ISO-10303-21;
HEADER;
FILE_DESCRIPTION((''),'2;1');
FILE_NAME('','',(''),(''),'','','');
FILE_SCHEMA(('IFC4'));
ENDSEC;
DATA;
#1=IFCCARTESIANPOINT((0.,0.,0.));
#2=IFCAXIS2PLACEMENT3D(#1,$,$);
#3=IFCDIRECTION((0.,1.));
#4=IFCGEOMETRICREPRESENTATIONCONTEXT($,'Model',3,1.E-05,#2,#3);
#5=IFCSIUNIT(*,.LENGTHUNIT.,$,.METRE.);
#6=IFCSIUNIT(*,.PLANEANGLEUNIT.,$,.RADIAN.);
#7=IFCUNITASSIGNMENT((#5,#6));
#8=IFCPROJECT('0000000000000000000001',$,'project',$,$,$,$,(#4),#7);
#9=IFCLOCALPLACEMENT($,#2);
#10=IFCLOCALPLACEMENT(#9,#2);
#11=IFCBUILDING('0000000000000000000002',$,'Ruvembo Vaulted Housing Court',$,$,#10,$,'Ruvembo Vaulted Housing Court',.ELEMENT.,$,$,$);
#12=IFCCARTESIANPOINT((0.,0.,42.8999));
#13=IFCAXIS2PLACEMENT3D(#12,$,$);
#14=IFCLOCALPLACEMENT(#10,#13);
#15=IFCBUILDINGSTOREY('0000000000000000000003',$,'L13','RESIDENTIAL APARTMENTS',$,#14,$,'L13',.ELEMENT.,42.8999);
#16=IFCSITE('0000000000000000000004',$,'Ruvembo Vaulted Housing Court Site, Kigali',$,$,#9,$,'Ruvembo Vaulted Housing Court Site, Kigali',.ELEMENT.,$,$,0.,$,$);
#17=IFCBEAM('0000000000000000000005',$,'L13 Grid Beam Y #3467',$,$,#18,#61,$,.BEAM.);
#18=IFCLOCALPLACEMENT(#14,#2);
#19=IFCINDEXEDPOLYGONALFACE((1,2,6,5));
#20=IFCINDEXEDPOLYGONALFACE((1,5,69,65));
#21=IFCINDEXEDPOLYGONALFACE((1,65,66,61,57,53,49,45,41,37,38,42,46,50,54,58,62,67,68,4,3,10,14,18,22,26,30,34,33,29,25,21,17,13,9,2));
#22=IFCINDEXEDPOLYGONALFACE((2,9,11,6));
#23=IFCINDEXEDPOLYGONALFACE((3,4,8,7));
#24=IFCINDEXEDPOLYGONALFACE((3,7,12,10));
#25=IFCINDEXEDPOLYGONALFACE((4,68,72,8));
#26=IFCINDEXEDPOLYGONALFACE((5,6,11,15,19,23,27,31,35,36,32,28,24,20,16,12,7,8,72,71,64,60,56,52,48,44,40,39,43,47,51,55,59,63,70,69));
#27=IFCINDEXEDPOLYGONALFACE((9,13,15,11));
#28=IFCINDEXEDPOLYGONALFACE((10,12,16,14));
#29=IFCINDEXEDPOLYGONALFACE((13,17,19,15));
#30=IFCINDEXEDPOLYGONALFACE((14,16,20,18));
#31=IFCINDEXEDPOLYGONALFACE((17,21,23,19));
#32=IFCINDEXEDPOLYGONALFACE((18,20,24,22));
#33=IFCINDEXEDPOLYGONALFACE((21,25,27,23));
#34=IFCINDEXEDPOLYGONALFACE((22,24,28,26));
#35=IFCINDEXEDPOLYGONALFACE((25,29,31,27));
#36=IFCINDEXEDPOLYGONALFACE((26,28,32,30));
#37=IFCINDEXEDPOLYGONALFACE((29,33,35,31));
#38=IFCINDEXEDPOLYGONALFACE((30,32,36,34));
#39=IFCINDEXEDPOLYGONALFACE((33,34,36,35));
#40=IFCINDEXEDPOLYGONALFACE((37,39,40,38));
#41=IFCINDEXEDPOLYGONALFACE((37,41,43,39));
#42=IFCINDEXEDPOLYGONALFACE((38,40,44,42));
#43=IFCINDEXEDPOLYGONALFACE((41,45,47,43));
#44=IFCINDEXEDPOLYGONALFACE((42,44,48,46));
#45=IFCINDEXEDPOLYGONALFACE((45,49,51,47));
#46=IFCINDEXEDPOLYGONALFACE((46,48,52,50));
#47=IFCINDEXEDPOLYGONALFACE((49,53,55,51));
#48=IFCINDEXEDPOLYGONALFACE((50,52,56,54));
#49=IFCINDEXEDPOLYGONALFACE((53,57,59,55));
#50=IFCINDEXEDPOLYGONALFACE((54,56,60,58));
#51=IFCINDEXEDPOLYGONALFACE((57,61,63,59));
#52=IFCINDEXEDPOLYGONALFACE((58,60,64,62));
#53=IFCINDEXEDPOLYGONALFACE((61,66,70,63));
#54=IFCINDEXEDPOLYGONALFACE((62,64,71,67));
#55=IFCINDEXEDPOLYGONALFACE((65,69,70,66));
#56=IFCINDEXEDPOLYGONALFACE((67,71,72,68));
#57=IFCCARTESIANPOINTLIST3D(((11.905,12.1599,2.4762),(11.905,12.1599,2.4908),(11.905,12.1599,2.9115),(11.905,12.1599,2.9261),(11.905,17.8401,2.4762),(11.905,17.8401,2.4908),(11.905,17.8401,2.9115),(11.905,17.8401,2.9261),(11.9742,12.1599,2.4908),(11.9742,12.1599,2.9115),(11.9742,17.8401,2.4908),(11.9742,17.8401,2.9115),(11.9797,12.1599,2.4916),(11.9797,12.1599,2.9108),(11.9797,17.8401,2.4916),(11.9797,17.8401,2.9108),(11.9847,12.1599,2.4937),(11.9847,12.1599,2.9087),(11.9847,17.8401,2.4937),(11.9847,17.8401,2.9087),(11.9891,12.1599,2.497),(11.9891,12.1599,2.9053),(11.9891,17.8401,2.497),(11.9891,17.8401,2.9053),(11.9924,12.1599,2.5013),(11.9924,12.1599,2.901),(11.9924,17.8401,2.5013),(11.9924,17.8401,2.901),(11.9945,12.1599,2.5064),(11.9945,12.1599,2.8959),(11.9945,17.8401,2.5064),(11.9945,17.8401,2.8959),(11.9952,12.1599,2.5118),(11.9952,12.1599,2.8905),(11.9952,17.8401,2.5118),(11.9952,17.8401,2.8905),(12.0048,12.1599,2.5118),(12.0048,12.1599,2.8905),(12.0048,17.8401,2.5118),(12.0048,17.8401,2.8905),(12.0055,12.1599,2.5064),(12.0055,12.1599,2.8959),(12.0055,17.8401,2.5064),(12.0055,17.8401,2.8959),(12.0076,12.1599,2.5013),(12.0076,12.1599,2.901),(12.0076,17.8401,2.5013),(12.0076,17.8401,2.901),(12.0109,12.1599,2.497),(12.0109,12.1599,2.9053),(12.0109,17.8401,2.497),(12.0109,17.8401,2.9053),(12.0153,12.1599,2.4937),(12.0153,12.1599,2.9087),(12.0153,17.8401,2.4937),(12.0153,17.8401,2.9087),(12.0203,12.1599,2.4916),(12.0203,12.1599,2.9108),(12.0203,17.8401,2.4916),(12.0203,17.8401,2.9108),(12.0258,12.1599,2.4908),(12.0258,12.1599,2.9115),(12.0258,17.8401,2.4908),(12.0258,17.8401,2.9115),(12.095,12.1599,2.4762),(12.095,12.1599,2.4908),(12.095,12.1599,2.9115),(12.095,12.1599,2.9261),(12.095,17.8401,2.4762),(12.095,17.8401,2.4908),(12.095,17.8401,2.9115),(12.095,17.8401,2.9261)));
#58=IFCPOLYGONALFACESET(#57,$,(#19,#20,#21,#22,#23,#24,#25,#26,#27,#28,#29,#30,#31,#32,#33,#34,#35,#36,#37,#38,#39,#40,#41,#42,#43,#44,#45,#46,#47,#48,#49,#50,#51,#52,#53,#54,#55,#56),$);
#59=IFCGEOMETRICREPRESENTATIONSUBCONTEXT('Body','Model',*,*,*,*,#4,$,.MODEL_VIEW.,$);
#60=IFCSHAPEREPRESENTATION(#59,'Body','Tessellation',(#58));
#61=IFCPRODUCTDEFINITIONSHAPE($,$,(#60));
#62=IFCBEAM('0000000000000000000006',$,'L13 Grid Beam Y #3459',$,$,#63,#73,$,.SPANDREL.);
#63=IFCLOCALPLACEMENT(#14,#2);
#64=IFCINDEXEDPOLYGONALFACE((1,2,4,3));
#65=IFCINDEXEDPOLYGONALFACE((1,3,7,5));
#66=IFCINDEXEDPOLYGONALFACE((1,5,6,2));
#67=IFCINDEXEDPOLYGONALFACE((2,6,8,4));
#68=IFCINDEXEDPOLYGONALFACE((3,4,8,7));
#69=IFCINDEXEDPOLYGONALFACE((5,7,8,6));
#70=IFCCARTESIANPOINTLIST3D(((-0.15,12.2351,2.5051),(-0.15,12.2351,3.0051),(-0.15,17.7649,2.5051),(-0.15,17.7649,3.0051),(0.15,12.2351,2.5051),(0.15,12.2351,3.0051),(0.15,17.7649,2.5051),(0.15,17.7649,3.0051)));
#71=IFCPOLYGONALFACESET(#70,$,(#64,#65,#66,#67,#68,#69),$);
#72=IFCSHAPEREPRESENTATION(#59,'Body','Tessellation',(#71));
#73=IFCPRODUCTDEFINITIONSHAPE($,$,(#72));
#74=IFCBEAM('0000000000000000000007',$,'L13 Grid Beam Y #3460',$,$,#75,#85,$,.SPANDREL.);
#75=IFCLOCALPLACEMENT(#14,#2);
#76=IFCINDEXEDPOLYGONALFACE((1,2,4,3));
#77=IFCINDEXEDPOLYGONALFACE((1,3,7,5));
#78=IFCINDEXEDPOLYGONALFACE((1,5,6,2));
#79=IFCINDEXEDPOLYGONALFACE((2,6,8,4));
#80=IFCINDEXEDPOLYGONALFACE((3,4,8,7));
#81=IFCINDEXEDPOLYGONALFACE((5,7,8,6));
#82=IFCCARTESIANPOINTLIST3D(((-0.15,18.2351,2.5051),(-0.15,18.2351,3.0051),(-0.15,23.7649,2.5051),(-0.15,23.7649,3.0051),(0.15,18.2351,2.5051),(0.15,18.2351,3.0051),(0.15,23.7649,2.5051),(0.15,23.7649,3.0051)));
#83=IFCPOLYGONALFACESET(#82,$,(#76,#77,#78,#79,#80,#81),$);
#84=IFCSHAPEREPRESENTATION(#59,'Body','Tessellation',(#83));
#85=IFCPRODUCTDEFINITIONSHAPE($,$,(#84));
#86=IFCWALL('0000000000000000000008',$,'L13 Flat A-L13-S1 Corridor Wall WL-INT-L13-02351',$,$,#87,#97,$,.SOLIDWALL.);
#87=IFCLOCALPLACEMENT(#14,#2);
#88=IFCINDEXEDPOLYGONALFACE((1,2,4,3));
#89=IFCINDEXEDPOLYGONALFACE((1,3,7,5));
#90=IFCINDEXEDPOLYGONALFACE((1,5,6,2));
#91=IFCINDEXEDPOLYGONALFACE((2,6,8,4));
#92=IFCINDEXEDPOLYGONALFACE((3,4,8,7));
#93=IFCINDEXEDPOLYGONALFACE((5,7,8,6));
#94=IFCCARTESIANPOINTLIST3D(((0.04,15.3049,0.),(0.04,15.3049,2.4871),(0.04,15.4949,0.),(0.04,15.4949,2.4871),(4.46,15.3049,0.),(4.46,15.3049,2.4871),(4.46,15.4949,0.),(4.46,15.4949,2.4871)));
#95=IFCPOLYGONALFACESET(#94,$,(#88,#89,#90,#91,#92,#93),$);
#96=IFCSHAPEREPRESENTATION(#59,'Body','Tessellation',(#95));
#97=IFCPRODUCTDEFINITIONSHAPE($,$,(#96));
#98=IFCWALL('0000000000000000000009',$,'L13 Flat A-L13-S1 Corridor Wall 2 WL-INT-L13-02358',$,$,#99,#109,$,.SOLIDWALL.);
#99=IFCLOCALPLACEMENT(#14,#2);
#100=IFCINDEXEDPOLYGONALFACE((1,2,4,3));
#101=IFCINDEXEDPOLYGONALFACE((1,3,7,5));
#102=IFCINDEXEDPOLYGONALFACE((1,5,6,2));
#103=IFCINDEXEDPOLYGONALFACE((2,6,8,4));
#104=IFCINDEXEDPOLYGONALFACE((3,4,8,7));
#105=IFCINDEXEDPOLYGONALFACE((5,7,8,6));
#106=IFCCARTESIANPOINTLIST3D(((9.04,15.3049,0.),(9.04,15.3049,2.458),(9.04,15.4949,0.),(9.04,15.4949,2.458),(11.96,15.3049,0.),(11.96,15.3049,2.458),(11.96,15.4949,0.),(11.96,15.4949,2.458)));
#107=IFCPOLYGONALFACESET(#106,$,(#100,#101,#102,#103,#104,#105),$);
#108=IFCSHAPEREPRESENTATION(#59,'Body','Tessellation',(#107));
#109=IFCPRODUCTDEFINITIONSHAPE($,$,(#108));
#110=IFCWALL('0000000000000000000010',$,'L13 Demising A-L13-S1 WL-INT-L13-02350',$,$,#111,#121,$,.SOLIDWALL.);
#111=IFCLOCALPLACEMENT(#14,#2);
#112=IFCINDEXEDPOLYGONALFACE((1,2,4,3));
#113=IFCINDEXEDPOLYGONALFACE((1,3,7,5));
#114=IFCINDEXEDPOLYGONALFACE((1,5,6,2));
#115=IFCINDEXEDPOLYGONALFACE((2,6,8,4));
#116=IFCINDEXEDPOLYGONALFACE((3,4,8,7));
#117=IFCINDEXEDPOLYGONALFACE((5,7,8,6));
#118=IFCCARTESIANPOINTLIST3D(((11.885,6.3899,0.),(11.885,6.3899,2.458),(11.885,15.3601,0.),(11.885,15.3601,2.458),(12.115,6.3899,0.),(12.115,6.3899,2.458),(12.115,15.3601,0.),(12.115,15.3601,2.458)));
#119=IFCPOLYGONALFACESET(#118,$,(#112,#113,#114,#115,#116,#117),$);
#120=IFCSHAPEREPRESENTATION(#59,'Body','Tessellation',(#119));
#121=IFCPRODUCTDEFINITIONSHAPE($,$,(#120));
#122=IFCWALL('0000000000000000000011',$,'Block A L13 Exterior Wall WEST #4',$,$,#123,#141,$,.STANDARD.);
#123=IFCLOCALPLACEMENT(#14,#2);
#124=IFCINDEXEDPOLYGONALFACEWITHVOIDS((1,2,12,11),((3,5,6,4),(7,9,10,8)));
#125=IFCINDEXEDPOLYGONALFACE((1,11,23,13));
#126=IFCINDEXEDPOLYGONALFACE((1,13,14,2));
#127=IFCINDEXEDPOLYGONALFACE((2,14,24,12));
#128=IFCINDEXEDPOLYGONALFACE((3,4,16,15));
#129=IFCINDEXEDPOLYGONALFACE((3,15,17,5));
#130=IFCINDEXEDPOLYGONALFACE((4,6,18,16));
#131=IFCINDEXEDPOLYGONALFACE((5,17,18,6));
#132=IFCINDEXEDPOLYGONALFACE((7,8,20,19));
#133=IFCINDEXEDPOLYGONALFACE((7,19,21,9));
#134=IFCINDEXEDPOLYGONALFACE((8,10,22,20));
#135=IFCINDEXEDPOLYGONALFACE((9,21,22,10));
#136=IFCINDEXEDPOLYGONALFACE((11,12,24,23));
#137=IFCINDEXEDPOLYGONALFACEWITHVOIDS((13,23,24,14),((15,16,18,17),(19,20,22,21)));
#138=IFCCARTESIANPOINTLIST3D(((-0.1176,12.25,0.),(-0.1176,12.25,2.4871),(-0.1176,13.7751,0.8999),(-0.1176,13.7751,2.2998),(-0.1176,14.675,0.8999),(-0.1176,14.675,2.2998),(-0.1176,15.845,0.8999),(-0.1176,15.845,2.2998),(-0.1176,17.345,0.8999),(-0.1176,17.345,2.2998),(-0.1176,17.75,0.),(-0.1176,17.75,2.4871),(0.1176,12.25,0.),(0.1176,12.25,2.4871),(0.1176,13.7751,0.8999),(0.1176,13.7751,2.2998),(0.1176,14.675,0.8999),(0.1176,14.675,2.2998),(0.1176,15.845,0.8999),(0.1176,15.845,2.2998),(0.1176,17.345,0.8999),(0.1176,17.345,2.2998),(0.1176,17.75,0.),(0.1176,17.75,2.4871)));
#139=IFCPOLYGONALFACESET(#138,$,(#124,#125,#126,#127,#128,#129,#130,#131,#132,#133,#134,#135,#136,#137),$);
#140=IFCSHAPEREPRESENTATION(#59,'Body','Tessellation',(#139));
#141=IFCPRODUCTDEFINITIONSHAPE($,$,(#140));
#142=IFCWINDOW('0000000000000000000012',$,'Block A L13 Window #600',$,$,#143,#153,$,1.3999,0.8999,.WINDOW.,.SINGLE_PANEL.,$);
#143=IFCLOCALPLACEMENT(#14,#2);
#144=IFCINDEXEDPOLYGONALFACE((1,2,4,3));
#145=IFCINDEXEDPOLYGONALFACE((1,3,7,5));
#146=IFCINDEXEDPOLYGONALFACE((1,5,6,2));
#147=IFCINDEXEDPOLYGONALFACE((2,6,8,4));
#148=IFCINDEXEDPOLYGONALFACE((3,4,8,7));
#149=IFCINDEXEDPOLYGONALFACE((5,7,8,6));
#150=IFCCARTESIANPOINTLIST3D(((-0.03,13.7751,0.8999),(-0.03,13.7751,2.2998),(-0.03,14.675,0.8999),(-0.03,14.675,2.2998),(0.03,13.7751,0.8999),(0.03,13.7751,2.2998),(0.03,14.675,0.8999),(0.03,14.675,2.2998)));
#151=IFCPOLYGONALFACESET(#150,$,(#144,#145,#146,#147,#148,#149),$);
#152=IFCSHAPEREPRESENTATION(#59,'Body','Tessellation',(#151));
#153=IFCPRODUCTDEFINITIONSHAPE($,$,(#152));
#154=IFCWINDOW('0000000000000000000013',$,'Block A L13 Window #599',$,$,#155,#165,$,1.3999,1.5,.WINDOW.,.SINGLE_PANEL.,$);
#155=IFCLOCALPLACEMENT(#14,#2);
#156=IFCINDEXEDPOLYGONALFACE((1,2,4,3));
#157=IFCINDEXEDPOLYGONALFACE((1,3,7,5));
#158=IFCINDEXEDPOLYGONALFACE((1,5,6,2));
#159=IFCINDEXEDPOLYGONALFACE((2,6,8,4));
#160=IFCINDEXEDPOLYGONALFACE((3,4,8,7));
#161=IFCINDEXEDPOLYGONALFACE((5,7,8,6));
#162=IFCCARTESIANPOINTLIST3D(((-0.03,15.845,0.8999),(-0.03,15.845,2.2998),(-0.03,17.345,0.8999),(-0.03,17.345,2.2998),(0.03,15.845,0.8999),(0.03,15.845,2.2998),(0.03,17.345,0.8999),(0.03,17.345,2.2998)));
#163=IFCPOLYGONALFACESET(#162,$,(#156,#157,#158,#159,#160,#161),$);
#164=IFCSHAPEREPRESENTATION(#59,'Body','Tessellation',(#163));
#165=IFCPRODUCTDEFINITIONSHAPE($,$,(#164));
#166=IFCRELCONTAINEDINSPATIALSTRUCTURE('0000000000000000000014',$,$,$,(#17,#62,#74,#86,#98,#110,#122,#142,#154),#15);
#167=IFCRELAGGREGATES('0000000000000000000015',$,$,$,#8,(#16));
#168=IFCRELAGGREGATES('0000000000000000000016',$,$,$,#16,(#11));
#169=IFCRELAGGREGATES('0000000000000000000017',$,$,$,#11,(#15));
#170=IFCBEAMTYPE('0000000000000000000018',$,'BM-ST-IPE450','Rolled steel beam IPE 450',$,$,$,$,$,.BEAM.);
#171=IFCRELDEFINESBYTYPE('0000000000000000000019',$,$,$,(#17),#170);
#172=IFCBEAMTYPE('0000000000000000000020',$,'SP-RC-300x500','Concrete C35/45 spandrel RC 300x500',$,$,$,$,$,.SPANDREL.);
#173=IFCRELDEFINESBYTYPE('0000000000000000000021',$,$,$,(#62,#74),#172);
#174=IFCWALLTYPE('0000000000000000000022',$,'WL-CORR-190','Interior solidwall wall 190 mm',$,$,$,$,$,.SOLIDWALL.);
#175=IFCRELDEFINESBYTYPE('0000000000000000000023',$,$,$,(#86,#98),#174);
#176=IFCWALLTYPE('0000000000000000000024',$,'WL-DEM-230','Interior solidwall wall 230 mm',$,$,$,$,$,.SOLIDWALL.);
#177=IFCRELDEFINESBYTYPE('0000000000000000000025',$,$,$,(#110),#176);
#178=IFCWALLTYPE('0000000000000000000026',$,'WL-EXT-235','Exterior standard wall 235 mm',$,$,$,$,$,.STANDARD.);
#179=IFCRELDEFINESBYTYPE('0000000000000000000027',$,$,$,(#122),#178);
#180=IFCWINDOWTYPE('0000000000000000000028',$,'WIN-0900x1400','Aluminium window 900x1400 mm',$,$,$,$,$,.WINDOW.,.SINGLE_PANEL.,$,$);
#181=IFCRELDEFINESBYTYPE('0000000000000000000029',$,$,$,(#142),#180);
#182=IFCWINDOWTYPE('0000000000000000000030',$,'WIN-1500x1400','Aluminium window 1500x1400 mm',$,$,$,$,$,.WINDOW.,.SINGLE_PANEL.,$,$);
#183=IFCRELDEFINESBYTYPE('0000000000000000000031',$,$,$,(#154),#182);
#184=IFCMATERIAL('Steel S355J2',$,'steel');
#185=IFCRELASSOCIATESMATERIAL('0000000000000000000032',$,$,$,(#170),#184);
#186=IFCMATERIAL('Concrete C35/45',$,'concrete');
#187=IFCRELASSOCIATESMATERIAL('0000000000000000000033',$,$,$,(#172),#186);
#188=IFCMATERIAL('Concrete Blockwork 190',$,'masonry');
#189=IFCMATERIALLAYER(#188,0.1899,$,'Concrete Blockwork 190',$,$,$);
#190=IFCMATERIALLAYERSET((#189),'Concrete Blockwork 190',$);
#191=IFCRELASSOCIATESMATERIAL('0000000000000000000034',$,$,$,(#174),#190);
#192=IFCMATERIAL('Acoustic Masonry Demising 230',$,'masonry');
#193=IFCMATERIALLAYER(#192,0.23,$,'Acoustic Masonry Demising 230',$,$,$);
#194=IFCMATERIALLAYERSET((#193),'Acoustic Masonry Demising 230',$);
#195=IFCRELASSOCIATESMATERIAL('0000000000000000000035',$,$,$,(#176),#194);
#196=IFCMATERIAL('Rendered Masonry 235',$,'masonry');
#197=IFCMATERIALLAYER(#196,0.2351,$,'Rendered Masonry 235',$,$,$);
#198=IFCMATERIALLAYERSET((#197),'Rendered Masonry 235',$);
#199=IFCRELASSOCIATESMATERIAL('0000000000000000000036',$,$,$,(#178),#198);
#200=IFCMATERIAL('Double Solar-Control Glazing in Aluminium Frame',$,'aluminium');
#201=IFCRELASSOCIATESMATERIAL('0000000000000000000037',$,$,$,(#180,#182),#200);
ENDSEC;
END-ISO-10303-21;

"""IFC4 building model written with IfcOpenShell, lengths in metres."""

from ifc_helpers import new_model, si_unit, direction, frame, frame_2d, origin, origin_2d, place, context, subcontext, project, spatial, rectangle, i_section, extrude, material, layer, layer_set, material_profile, profile_set, type_object, element, fill, save


model = new_model("IFC4")

# Units and contexts
model_context = context("Model", 3, precision=1e-05, world=origin(), true_north=direction((0.0, 1.0)))
body_context = subcontext(model_context, "Body", "Model", "MODEL_VIEW")
ifc_project = project(units=[si_unit("LENGTHUNIT", "METRE"), si_unit("PLANEANGLEUNIT", "RADIAN")], contexts=[model_context])

# Site, building, storey
site_placement = place(None, origin())
site = spatial("IfcSite", under=ifc_project, at=site_placement, Name="Ruvembo Vaulted Housing Court Site, Kigali", LongName="Ruvembo Vaulted Housing Court Site, Kigali", CompositionType="ELEMENT", RefElevation=0.0)
building_placement = place(site_placement, origin())
building = spatial("IfcBuilding", under=site, at=building_placement, Name="Ruvembo Vaulted Housing Court", LongName="Ruvembo Vaulted Housing Court", CompositionType="ELEMENT")
storey_placement = place(building_placement, frame((0.0, 0.0, 42.8999)))
storey = spatial("IfcBuildingStorey", under=building, at=storey_placement, Name="L13", Description="RESIDENTIAL APARTMENTS", LongName="L13", CompositionType="ELEMENT", Elevation=42.8999)

# Shared definitions
ifc_material_1 = material(Name="Concrete C35/45", Category="concrete")

# Beams
ifc_material_2 = material(Name="Steel S355J2", Category="steel")
ifc_material_profile_1 = material_profile(ifc_material_2, i_section(OverallWidth=0.1899, OverallDepth=0.45, WebThickness=0.0095, FlangeThickness=0.0146, FilletRadius=0.021, at=origin_2d()), Name="IPE 450")
ifc_profile_set_1 = profile_set([ifc_material_profile_1], Name="Steel S355J2")
beam_type_1 = type_object("IfcBeamType", Name="BM-ST-IPE450", Description="Rolled steel beam IPE 450", PredefinedType="BEAM", material=ifc_profile_set_1)
for number, where, z_axis, x_axis, name in (
    (1, (12.0, 12.1599, 2.7012), (0.0, 1.0, 0.0), (-1.0, 0.0, 0.0), "L13 Grid Beam Y #3467"),
):
    element("IfcBeam", number, at=place(storey_placement, frame(where, z_axis=z_axis, x_axis=x_axis)), inside=storey, type_object=beam_type_1, Name=name, PredefinedType="BEAM", context=body_context, shape_type="SweptSolid", body=[
        extrude(i_section(OverallWidth=0.1899, OverallDepth=0.45, WebThickness=0.0095, FlangeThickness=0.0146, FilletRadius=0.021, at=origin_2d()), origin(), (0.0, 0.0, 1.0), 5.6802),
    ])
ifc_material_profile_2 = material_profile(ifc_material_1, rectangle(XDim=0.3, YDim=0.5, at=origin_2d()), Name="RC 300x500")
ifc_profile_set_2 = profile_set([ifc_material_profile_2], Name="Concrete C35/45")
beam_type_2 = type_object("IfcBeamType", Name="SP-RC-300x500", Description="Concrete C35/45 spandrel RC 300x500", PredefinedType="SPANDREL", material=ifc_profile_set_2)
for number, where, z_axis, x_axis, name in (
    (2, (0.0, 12.2351, 2.7551), (0.0, 1.0, 0.0), (-1.0, 0.0, 0.0), "L13 Grid Beam Y #3459"),
    (3, (0.0, 18.2351, 2.7551), (0.0, 1.0, 0.0), (-1.0, 0.0, 0.0), "L13 Grid Beam Y #3460"),
):
    element("IfcBeam", number, at=place(storey_placement, frame(where, z_axis=z_axis, x_axis=x_axis)), inside=storey, type_object=beam_type_2, Name=name, PredefinedType="SPANDREL", context=body_context, shape_type="SweptSolid", body=[
        extrude(rectangle(XDim=0.3, YDim=0.5, at=origin_2d()), origin(), (0.0, 0.0, 1.0), 5.5298),
    ])

# Wall
ifc_material_3 = material(Name="Concrete Blockwork 190", Category="masonry")
ifc_layer_1 = layer(ifc_material_3, 0.1899, Name="Concrete Blockwork 190")
ifc_layer_set_1 = layer_set([ifc_layer_1], Name="Concrete Blockwork 190")
wall_type_1 = type_object("IfcWallType", Name="WL-CORR-190", Description="Interior solidwall wall 190 mm", PredefinedType="SOLIDWALL", material=ifc_layer_set_1)
wall_1_placement = place(storey_placement, frame((0.04, 15.3999, 0.0), z_axis=(0.0, 0.0, 1.0), x_axis=(1.0, 0.0, 0.0)))
element("IfcWall", 4, at=wall_1_placement, inside=storey, type_object=wall_type_1, Name="L13 Flat A-L13-S1 Corridor Wall WL-INT-L13-02351", PredefinedType="SOLIDWALL", context=body_context, shape_type="SweptSolid", body=[
    extrude(rectangle(XDim=4.4199, YDim=0.1899, at=frame_2d((2.21, 0.0))), origin(), (0.0, 0.0, 1.0), 2.4871),
])

# Walls
wall_2_placement = place(storey_placement, frame((9.04, 15.3999, 0.0), z_axis=(0.0, 0.0, 1.0), x_axis=(1.0, 0.0, 0.0)))
element("IfcWall", 5, at=wall_2_placement, inside=storey, type_object=wall_type_1, Name="L13 Flat A-L13-S1 Corridor Wall 2 WL-INT-L13-02358", PredefinedType="SOLIDWALL", context=body_context, shape_type="SweptSolid", body=[
    extrude(rectangle(XDim=2.9199, YDim=0.1899, at=frame_2d((1.46, 0.0))), origin(), (0.0, 0.0, 1.0), 2.458),
])
ifc_material_4 = material(Name="Acoustic Masonry Demising 230", Category="masonry")
ifc_layer_2 = layer(ifc_material_4, 0.23, Name="Acoustic Masonry Demising 230")
ifc_layer_set_2 = layer_set([ifc_layer_2], Name="Acoustic Masonry Demising 230")
wall_type_2 = type_object("IfcWallType", Name="WL-DEM-230", Description="Interior solidwall wall 230 mm", PredefinedType="SOLIDWALL", material=ifc_layer_set_2)
wall_3_placement = place(storey_placement, frame((12.0, 6.3899, 0.0), z_axis=(0.0, 0.0, 1.0), x_axis=(0.0, 1.0, 0.0)))
element("IfcWall", 6, at=wall_3_placement, inside=storey, type_object=wall_type_2, Name="L13 Demising A-L13-S1 WL-INT-L13-02350", PredefinedType="SOLIDWALL", context=body_context, shape_type="SweptSolid", body=[
    extrude(rectangle(XDim=8.9702, YDim=0.23, at=frame_2d((4.4851, 0.0))), origin(), (0.0, 0.0, 1.0), 2.458),
])

# Wall, openings, windows
ifc_material_5 = material(Name="Rendered Masonry 235", Category="masonry")
ifc_layer_3 = layer(ifc_material_5, 0.2351, Name="Rendered Masonry 235")
ifc_layer_set_3 = layer_set([ifc_layer_3], Name="Rendered Masonry 235")
wall_type_3 = type_object("IfcWallType", Name="WL-EXT-235", Description="Exterior standard wall 235 mm", PredefinedType="STANDARD", material=ifc_layer_set_3)
wall_4_placement = place(storey_placement, frame((0.0, 17.75, 0.0), z_axis=(0.0, 0.0, 1.0), x_axis=(0.0, -1.0, 0.0)))
wall_4 = element("IfcWall", 7, at=wall_4_placement, inside=storey, type_object=wall_type_3, Name="Block A L13 Exterior Wall WEST #4", PredefinedType="STANDARD", context=body_context, shape_type="SweptSolid", body=[
    extrude(rectangle(XDim=5.5, YDim=0.2351, at=frame_2d((2.75, 0.0))), origin(), (0.0, 0.0, 1.0), 2.4871),
])
opening_1_placement = place(wall_4_placement, frame((0.405, 0.0, 0.8999)))
opening_1 = element("IfcOpeningElement", 8, at=opening_1_placement, cuts=wall_4, PredefinedType="OPENING", context=body_context, shape_type="SweptSolid", body=[
    extrude(rectangle(XDim=1.5, YDim=1.3999, at=frame_2d((0.75, 0.7))), frame((0.0, 0.1274, 0.0), z_axis=(0.0, -1.0, 0.0), x_axis=(1.0, 0.0, 0.0)), (0.0, 0.0, 1.0), 0.2551),
])
opening_2_placement = place(wall_4_placement, frame((3.075, 0.0, 0.8999)))
opening_2 = element("IfcOpeningElement", 9, at=opening_2_placement, cuts=wall_4, PredefinedType="OPENING", context=body_context, shape_type="SweptSolid", body=[
    extrude(rectangle(XDim=0.8999, YDim=1.3999, at=frame_2d((0.45, 0.7))), frame((0.0, 0.1274, 0.0), z_axis=(0.0, -1.0, 0.0), x_axis=(1.0, 0.0, 0.0)), (0.0, 0.0, 1.0), 0.2551),
])
ifc_material_6 = material(Name="Double Solar-Control Glazing in Aluminium Frame", Category="aluminium")
window_type_1 = type_object("IfcWindowType", Name="WIN-0900x1400", Description="Aluminium window 900x1400 mm", PartitioningType="SINGLE_PANEL", PredefinedType="WINDOW", material=ifc_material_6)
window_1_placement = place(opening_2_placement, origin())
window_1 = element("IfcWindow", 10, at=window_1_placement, inside=storey, type_object=window_type_1, Name="Block A L13 Window #600", OverallHeight=1.3999, OverallWidth=0.8999, PartitioningType="SINGLE_PANEL", PredefinedType="WINDOW", context=body_context, shape_type="SweptSolid", body=[
    extrude(rectangle(XDim=0.8999, YDim=1.3999, at=frame_2d((0.45, 0.7))), frame((0.0, 0.03, 0.0), z_axis=(0.0, -1.0, 0.0), x_axis=(1.0, 0.0, 0.0)), (0.0, 0.0, 1.0), 0.0601),
])
fill(opening_2, window_1)
window_type_2 = type_object("IfcWindowType", Name="WIN-1500x1400", Description="Aluminium window 1500x1400 mm", PartitioningType="SINGLE_PANEL", PredefinedType="WINDOW", material=ifc_material_6)
window_2_placement = place(opening_1_placement, origin())
window_2 = element("IfcWindow", 11, at=window_2_placement, inside=storey, type_object=window_type_2, Name="Block A L13 Window #599", OverallHeight=1.3999, OverallWidth=1.5, PartitioningType="SINGLE_PANEL", PredefinedType="WINDOW", context=body_context, shape_type="SweptSolid", body=[
    extrude(rectangle(XDim=1.5, YDim=1.3999, at=frame_2d((0.75, 0.7))), frame((0.0, 0.03, 0.0), z_axis=(0.0, -1.0, 0.0), x_axis=(1.0, 0.0, 0.0)), (0.0, 0.0, 1.0), 0.0601),
])
fill(opening_1, window_2)

save(model, "model.ifc")
